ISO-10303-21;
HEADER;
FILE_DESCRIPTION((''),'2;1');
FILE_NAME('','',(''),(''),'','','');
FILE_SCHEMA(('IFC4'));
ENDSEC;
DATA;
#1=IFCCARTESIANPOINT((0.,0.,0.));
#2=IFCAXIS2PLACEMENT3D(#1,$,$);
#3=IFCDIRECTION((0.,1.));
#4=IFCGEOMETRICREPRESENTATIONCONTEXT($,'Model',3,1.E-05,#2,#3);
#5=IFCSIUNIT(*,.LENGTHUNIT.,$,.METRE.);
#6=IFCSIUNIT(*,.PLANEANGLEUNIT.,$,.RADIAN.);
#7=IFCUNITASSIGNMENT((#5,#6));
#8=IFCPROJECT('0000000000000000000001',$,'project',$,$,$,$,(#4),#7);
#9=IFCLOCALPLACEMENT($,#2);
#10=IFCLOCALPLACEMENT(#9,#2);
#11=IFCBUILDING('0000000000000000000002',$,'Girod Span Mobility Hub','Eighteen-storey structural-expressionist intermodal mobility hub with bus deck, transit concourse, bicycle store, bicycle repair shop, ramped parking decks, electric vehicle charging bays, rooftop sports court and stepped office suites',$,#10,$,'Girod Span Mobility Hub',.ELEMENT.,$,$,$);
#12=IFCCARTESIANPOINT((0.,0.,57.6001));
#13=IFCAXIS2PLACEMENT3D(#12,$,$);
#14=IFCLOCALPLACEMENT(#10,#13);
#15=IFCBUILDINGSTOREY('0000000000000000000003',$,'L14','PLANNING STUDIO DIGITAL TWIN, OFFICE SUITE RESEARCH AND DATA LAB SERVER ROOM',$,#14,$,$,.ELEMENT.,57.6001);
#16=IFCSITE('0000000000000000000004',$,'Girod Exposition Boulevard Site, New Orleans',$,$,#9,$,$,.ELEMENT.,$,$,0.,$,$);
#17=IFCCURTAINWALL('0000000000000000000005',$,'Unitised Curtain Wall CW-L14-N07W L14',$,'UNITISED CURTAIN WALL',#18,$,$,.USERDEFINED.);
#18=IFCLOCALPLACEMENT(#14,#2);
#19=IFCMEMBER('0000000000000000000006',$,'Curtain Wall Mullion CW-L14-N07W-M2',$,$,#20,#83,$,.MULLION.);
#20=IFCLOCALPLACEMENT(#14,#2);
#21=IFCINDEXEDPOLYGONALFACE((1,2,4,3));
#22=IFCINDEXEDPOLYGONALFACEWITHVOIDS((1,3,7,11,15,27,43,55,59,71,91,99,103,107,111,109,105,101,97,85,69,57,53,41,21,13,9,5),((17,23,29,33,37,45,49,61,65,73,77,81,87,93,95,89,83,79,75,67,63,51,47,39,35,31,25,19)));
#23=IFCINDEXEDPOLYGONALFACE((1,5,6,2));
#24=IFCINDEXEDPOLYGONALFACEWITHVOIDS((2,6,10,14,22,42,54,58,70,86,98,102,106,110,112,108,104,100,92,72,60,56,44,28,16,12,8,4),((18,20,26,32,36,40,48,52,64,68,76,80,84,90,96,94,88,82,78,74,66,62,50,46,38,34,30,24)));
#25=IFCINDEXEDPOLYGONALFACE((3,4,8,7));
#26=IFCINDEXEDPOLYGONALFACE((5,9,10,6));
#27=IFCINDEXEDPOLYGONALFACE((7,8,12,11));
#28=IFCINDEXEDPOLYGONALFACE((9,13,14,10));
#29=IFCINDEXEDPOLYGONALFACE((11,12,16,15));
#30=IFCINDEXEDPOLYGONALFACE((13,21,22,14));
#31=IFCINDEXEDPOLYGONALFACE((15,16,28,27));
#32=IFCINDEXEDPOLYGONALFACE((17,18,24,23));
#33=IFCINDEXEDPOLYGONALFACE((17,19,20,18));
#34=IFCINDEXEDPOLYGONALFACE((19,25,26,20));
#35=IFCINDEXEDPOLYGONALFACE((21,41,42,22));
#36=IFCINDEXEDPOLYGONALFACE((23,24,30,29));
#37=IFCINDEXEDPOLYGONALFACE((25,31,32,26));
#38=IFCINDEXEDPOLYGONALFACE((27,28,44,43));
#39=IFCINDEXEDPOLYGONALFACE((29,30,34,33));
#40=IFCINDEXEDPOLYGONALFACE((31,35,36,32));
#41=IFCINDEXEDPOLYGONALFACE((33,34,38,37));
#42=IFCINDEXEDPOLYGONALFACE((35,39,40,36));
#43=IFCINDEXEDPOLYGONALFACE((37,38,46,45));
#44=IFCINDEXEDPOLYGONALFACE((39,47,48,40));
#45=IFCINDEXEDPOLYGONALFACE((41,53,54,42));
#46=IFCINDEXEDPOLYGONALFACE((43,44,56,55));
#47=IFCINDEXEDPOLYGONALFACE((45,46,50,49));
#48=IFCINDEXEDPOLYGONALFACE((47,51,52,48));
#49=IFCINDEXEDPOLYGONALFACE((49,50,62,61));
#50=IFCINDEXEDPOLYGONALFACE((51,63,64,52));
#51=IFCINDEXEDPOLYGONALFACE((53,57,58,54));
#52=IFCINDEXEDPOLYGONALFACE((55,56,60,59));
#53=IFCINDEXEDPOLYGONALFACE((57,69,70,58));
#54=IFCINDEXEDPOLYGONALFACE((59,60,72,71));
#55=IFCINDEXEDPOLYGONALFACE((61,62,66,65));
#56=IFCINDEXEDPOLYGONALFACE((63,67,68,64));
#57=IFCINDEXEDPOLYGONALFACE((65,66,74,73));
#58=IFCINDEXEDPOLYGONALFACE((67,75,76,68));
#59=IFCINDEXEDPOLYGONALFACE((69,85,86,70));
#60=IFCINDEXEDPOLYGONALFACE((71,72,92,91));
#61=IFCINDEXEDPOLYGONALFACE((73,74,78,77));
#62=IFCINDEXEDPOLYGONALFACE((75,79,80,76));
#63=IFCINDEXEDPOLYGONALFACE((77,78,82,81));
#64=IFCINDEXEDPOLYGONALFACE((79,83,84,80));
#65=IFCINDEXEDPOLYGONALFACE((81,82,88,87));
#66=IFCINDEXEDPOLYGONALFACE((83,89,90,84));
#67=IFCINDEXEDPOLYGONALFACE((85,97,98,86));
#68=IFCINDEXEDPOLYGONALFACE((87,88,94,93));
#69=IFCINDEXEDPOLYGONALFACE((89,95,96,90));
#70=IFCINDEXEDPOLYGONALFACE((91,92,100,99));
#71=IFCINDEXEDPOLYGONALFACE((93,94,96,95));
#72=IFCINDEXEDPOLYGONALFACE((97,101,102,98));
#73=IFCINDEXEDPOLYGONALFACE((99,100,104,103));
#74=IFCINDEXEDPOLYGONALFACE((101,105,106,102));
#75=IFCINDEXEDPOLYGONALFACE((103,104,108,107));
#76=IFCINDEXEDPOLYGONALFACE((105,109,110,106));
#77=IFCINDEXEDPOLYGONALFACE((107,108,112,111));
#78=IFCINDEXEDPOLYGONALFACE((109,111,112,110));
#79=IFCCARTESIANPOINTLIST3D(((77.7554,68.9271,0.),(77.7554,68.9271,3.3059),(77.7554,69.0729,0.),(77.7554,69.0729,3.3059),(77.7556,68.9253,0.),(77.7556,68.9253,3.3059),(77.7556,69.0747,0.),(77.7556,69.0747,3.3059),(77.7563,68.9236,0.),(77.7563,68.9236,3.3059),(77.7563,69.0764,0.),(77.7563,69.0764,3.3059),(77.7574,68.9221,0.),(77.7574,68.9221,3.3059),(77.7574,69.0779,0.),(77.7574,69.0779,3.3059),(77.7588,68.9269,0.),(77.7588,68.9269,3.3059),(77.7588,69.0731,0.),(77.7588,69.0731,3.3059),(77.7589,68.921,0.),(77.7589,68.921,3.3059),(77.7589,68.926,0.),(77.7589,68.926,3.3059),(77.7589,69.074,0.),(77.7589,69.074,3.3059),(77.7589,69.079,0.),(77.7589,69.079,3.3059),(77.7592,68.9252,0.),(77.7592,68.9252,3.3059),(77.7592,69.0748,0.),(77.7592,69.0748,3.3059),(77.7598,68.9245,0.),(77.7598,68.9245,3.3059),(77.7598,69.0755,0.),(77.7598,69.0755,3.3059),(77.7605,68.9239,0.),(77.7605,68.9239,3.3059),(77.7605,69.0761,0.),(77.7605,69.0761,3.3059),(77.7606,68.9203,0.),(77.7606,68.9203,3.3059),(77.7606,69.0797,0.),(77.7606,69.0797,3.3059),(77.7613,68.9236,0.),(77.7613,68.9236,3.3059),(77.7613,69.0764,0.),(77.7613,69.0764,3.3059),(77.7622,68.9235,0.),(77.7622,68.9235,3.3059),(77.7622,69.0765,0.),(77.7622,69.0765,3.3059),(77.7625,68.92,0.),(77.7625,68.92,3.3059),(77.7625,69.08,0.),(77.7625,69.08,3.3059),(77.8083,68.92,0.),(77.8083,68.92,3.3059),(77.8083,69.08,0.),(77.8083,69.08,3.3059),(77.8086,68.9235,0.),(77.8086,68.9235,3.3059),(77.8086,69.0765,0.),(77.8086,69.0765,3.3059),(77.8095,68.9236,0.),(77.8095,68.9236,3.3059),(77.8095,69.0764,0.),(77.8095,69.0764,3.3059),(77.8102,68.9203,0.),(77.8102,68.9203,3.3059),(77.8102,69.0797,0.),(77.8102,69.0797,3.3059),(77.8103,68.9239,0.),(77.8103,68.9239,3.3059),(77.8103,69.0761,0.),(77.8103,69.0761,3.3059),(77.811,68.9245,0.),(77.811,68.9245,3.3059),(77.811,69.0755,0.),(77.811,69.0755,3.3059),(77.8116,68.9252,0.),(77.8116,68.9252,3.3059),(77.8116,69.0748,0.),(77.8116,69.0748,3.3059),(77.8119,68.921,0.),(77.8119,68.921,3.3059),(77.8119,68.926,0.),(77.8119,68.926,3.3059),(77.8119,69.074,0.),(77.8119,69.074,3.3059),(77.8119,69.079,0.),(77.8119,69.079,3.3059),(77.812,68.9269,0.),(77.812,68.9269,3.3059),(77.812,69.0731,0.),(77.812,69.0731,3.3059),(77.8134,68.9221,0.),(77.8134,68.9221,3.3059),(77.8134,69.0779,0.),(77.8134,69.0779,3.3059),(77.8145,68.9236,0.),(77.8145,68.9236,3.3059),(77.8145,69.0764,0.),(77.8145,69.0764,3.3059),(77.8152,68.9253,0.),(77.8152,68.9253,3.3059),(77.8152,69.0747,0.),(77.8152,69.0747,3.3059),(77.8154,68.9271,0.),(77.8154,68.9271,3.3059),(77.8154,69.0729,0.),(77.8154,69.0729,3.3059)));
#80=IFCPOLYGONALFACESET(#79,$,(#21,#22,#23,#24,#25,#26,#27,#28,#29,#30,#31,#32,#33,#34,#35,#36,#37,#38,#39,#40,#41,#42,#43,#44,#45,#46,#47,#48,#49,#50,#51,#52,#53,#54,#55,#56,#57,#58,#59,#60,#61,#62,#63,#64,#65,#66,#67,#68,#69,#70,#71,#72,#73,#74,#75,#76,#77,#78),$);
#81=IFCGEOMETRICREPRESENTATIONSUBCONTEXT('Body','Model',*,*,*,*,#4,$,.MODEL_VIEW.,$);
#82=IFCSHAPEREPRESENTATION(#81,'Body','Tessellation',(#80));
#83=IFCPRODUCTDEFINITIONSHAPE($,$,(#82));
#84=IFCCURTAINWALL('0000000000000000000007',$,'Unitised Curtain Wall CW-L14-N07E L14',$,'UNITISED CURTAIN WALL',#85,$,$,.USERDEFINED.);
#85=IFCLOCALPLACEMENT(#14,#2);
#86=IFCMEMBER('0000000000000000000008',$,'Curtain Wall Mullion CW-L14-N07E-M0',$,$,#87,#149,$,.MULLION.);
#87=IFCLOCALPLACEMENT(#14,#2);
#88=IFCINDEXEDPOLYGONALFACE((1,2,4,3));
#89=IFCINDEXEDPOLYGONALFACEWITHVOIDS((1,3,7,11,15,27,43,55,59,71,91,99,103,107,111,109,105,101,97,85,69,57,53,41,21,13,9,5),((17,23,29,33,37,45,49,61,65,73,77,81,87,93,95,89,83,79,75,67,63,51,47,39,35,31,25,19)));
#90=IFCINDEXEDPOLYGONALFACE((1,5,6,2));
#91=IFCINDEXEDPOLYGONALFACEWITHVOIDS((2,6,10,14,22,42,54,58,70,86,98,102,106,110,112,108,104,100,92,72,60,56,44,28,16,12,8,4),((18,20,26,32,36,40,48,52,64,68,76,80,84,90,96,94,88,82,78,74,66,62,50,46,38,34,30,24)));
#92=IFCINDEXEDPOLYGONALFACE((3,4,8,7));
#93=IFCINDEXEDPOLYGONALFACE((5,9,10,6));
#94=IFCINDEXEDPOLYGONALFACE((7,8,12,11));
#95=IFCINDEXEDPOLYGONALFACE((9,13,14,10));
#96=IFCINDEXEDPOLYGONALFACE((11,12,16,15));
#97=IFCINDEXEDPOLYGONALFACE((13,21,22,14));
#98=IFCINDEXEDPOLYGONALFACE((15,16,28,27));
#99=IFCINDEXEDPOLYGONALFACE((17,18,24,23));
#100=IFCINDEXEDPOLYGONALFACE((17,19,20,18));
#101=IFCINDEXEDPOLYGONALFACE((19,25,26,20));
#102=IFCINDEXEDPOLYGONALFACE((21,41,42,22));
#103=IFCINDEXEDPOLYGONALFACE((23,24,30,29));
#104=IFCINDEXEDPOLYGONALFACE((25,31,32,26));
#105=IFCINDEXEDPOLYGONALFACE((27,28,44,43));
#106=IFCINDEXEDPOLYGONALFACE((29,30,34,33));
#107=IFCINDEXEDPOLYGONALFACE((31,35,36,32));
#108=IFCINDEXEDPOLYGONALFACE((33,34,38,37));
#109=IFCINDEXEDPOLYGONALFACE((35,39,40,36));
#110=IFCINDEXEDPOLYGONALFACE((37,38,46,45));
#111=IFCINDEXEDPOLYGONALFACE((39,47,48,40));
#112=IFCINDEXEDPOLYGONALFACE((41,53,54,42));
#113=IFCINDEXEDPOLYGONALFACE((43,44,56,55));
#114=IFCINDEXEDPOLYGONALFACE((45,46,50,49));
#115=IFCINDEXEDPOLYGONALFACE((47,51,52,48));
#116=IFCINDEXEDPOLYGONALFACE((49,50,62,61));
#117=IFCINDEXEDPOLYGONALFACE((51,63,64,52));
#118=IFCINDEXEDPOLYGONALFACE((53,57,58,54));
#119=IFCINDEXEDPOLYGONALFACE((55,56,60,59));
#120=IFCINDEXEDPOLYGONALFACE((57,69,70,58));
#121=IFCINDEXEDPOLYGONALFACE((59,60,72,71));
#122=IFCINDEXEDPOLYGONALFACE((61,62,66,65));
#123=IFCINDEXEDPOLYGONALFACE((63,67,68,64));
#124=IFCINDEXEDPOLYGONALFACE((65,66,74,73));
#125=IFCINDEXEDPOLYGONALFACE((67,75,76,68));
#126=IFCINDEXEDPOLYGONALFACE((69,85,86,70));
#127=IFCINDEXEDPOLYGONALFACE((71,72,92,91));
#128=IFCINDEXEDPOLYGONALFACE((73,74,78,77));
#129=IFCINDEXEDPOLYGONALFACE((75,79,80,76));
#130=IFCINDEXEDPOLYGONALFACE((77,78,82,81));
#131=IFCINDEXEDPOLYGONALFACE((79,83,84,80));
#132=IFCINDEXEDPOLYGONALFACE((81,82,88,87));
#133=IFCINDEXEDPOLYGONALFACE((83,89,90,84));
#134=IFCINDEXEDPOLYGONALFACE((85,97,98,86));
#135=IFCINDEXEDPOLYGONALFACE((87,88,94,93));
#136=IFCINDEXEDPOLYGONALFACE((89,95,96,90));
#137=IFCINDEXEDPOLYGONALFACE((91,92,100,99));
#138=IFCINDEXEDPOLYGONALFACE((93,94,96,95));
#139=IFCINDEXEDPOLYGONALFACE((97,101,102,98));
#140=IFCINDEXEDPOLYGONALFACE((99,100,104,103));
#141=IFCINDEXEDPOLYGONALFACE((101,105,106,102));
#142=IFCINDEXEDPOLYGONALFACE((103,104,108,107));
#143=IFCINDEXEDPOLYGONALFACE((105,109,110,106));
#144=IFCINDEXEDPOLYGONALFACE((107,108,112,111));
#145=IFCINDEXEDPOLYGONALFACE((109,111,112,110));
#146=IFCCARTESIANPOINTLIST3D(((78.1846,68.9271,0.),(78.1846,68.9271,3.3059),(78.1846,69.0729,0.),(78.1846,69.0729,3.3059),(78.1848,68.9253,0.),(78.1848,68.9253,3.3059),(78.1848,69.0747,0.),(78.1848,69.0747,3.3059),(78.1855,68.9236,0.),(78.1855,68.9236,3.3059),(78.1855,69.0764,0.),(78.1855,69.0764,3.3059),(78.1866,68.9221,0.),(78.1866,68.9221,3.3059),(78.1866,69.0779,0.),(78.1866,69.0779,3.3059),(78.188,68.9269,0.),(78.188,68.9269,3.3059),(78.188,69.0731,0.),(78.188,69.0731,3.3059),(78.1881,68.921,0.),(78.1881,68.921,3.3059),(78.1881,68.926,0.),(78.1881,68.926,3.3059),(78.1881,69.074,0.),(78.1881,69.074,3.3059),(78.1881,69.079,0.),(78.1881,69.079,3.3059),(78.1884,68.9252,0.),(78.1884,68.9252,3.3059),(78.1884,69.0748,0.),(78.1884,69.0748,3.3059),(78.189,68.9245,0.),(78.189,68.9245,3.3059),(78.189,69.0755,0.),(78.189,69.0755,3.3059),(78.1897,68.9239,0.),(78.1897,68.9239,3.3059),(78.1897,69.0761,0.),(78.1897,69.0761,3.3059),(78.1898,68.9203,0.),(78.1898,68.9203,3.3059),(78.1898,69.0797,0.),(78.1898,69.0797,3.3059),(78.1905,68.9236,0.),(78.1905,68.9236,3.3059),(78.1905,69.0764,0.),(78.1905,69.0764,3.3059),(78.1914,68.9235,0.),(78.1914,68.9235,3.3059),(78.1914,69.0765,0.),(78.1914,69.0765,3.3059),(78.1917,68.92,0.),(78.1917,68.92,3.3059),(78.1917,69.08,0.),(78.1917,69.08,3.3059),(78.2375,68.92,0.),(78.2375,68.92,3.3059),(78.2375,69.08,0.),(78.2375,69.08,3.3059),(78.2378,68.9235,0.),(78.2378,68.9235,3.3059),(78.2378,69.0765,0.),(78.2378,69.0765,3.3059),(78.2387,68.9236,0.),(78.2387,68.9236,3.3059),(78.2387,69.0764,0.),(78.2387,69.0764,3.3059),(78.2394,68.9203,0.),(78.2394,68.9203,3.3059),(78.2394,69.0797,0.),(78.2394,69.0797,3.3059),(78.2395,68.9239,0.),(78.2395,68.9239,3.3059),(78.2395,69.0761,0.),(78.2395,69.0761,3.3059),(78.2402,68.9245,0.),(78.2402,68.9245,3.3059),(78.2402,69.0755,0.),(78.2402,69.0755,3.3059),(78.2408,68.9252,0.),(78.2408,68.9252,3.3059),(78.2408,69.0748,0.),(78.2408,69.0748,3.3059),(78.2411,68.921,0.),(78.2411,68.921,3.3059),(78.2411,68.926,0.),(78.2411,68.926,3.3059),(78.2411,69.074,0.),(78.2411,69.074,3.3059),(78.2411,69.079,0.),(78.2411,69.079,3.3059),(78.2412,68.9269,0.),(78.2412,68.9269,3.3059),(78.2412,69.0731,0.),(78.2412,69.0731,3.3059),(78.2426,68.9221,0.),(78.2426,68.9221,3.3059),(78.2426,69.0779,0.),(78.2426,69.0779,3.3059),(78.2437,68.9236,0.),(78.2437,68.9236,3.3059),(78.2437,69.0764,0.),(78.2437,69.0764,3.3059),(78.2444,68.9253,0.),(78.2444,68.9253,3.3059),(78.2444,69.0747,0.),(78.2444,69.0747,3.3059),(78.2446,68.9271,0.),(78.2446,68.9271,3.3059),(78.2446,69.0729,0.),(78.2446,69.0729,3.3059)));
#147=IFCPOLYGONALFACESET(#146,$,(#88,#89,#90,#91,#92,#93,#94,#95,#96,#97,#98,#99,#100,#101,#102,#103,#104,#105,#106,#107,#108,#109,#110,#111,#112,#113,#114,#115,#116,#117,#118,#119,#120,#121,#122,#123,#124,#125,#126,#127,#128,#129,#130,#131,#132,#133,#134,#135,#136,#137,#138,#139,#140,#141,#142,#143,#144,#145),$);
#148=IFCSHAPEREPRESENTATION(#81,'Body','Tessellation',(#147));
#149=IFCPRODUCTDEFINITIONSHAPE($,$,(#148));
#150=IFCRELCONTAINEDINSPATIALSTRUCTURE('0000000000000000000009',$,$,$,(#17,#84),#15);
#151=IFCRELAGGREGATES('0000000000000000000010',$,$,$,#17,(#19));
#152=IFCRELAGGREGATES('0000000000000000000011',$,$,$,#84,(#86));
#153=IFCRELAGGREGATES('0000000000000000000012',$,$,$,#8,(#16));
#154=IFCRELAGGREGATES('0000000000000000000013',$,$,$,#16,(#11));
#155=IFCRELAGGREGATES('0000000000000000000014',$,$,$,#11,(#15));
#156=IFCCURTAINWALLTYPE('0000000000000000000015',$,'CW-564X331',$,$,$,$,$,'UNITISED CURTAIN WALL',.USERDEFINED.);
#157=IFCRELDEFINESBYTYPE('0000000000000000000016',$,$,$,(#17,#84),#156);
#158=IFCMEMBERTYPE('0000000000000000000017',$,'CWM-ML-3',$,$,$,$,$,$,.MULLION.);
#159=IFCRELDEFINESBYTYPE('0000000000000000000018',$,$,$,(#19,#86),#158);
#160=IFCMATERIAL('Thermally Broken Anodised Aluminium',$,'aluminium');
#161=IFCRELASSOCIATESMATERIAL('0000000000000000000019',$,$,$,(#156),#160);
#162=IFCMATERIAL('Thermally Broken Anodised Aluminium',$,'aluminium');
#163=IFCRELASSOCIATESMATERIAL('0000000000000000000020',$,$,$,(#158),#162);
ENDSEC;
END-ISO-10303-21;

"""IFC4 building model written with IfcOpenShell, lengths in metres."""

from ifc_helpers import new_model, si_unit, direction, frame, origin, origin_2d, place, context, subcontext, project, spatial, hollow_rectangle, extrude, material, material_profile, profile_set, type_object, element, aggregate, save


model = new_model("IFC4")

# Units and contexts
model_context = context("Model", 3, precision=1e-05, world=origin(), true_north=direction((0.0, 1.0)))
body_context = subcontext(model_context, "Body", "Model", "MODEL_VIEW")
ifc_project = project(units=[si_unit("LENGTHUNIT", "METRE"), si_unit("PLANEANGLEUNIT", "RADIAN")], contexts=[model_context])

# Site, building, storey
site_placement = place(None, origin())
site = spatial("IfcSite", under=ifc_project, at=site_placement, Name="Girod Exposition Boulevard Site, New Orleans", CompositionType="ELEMENT", RefElevation=0.0)
building_placement = place(site_placement, origin())
building = spatial("IfcBuilding", under=site, at=building_placement, Name="Girod Span Mobility Hub", Description="Eighteen-storey structural-expressionist intermodal mobility hub with bus deck, transit concourse, bicycle store, bicycle repair shop, ramped parking decks, electric vehicle charging bays, rooftop sports court and stepped office suites", LongName="Girod Span Mobility Hub", CompositionType="ELEMENT")
storey_placement = place(building_placement, frame((0.0, 0.0, 57.6001)))
storey = spatial("IfcBuildingStorey", under=building, at=storey_placement, Name="L14", Description="PLANNING STUDIO DIGITAL TWIN, OFFICE SUITE RESEARCH AND DATA LAB SERVER ROOM", CompositionType="ELEMENT", Elevation=57.6001)

# Curtain wall, member
ifc_material_1 = material(Name="Thermally Broken Anodised Aluminium", Category="aluminium")
curtain_wall_type = type_object("IfcCurtainWallType", Name="CW-564X331", ElementType="UNITISED CURTAIN WALL", PredefinedType="USERDEFINED", material=ifc_material_1)
ifc_material_2 = material(Name="Thermally Broken Anodised Aluminium", Category="aluminium")
ifc_material_profile_1 = material_profile(ifc_material_2, hollow_rectangle(XDim=0.1599, YDim=0.0601, WallThickness=0.0034, InnerFilletRadius=0.0034, OuterFilletRadius=0.0071, at=origin_2d()), Name="CW-ML-60X160")
ifc_profile_set_1 = profile_set([ifc_material_profile_1], Name="Thermally Broken Anodised Aluminium")
member_type_1 = type_object("IfcMemberType", Name="CWM-ML-3", PredefinedType="MULLION", material=ifc_profile_set_1)
curtain_wall_1_placement = place(storey_placement, origin())
curtain_wall_1 = element("IfcCurtainWall", 1, at=curtain_wall_1_placement, inside=storey, type_object=curtain_wall_type, Name="Unitised Curtain Wall CW-L14-N07W L14", ObjectType="UNITISED CURTAIN WALL", PredefinedType="USERDEFINED")
member_1_placement = place(storey_placement, frame((77.7854, 69.0, 0.0), z_axis=(0.0, 0.0, 1.0), x_axis=(0.0, 1.0, 0.0)))
member_1 = element("IfcMember", 2, at=member_1_placement, type_object=member_type_1, Name="Curtain Wall Mullion CW-L14-N07W-M2", PredefinedType="MULLION", context=body_context, shape_type="SweptSolid", body=[
    extrude(hollow_rectangle(XDim=0.1599, YDim=0.0601, WallThickness=0.0034, InnerFilletRadius=0.0034, OuterFilletRadius=0.0071, at=origin_2d()), origin(), (0.0, 0.0, 1.0), 3.3059),
])

# Curtain wall, member
curtain_wall_2_placement = place(storey_placement, origin())
curtain_wall_2 = element("IfcCurtainWall", 3, at=curtain_wall_2_placement, inside=storey, type_object=curtain_wall_type, Name="Unitised Curtain Wall CW-L14-N07E L14", ObjectType="UNITISED CURTAIN WALL", PredefinedType="USERDEFINED")
member_2_placement = place(storey_placement, frame((78.2146, 69.0, 0.0), z_axis=(0.0, 0.0, 1.0), x_axis=(0.0, 1.0, 0.0)))
member_2 = element("IfcMember", 4, at=member_2_placement, type_object=member_type_1, Name="Curtain Wall Mullion CW-L14-N07E-M0", PredefinedType="MULLION", context=body_context, shape_type="SweptSolid", body=[
    extrude(hollow_rectangle(XDim=0.1599, YDim=0.0601, WallThickness=0.0034, InnerFilletRadius=0.0034, OuterFilletRadius=0.0071, at=origin_2d()), origin(), (0.0, 0.0, 1.0), 3.3059),
])

aggregate(curtain_wall_1, [member_1])
aggregate(curtain_wall_2, [member_2])

save(model, "model.ifc")
